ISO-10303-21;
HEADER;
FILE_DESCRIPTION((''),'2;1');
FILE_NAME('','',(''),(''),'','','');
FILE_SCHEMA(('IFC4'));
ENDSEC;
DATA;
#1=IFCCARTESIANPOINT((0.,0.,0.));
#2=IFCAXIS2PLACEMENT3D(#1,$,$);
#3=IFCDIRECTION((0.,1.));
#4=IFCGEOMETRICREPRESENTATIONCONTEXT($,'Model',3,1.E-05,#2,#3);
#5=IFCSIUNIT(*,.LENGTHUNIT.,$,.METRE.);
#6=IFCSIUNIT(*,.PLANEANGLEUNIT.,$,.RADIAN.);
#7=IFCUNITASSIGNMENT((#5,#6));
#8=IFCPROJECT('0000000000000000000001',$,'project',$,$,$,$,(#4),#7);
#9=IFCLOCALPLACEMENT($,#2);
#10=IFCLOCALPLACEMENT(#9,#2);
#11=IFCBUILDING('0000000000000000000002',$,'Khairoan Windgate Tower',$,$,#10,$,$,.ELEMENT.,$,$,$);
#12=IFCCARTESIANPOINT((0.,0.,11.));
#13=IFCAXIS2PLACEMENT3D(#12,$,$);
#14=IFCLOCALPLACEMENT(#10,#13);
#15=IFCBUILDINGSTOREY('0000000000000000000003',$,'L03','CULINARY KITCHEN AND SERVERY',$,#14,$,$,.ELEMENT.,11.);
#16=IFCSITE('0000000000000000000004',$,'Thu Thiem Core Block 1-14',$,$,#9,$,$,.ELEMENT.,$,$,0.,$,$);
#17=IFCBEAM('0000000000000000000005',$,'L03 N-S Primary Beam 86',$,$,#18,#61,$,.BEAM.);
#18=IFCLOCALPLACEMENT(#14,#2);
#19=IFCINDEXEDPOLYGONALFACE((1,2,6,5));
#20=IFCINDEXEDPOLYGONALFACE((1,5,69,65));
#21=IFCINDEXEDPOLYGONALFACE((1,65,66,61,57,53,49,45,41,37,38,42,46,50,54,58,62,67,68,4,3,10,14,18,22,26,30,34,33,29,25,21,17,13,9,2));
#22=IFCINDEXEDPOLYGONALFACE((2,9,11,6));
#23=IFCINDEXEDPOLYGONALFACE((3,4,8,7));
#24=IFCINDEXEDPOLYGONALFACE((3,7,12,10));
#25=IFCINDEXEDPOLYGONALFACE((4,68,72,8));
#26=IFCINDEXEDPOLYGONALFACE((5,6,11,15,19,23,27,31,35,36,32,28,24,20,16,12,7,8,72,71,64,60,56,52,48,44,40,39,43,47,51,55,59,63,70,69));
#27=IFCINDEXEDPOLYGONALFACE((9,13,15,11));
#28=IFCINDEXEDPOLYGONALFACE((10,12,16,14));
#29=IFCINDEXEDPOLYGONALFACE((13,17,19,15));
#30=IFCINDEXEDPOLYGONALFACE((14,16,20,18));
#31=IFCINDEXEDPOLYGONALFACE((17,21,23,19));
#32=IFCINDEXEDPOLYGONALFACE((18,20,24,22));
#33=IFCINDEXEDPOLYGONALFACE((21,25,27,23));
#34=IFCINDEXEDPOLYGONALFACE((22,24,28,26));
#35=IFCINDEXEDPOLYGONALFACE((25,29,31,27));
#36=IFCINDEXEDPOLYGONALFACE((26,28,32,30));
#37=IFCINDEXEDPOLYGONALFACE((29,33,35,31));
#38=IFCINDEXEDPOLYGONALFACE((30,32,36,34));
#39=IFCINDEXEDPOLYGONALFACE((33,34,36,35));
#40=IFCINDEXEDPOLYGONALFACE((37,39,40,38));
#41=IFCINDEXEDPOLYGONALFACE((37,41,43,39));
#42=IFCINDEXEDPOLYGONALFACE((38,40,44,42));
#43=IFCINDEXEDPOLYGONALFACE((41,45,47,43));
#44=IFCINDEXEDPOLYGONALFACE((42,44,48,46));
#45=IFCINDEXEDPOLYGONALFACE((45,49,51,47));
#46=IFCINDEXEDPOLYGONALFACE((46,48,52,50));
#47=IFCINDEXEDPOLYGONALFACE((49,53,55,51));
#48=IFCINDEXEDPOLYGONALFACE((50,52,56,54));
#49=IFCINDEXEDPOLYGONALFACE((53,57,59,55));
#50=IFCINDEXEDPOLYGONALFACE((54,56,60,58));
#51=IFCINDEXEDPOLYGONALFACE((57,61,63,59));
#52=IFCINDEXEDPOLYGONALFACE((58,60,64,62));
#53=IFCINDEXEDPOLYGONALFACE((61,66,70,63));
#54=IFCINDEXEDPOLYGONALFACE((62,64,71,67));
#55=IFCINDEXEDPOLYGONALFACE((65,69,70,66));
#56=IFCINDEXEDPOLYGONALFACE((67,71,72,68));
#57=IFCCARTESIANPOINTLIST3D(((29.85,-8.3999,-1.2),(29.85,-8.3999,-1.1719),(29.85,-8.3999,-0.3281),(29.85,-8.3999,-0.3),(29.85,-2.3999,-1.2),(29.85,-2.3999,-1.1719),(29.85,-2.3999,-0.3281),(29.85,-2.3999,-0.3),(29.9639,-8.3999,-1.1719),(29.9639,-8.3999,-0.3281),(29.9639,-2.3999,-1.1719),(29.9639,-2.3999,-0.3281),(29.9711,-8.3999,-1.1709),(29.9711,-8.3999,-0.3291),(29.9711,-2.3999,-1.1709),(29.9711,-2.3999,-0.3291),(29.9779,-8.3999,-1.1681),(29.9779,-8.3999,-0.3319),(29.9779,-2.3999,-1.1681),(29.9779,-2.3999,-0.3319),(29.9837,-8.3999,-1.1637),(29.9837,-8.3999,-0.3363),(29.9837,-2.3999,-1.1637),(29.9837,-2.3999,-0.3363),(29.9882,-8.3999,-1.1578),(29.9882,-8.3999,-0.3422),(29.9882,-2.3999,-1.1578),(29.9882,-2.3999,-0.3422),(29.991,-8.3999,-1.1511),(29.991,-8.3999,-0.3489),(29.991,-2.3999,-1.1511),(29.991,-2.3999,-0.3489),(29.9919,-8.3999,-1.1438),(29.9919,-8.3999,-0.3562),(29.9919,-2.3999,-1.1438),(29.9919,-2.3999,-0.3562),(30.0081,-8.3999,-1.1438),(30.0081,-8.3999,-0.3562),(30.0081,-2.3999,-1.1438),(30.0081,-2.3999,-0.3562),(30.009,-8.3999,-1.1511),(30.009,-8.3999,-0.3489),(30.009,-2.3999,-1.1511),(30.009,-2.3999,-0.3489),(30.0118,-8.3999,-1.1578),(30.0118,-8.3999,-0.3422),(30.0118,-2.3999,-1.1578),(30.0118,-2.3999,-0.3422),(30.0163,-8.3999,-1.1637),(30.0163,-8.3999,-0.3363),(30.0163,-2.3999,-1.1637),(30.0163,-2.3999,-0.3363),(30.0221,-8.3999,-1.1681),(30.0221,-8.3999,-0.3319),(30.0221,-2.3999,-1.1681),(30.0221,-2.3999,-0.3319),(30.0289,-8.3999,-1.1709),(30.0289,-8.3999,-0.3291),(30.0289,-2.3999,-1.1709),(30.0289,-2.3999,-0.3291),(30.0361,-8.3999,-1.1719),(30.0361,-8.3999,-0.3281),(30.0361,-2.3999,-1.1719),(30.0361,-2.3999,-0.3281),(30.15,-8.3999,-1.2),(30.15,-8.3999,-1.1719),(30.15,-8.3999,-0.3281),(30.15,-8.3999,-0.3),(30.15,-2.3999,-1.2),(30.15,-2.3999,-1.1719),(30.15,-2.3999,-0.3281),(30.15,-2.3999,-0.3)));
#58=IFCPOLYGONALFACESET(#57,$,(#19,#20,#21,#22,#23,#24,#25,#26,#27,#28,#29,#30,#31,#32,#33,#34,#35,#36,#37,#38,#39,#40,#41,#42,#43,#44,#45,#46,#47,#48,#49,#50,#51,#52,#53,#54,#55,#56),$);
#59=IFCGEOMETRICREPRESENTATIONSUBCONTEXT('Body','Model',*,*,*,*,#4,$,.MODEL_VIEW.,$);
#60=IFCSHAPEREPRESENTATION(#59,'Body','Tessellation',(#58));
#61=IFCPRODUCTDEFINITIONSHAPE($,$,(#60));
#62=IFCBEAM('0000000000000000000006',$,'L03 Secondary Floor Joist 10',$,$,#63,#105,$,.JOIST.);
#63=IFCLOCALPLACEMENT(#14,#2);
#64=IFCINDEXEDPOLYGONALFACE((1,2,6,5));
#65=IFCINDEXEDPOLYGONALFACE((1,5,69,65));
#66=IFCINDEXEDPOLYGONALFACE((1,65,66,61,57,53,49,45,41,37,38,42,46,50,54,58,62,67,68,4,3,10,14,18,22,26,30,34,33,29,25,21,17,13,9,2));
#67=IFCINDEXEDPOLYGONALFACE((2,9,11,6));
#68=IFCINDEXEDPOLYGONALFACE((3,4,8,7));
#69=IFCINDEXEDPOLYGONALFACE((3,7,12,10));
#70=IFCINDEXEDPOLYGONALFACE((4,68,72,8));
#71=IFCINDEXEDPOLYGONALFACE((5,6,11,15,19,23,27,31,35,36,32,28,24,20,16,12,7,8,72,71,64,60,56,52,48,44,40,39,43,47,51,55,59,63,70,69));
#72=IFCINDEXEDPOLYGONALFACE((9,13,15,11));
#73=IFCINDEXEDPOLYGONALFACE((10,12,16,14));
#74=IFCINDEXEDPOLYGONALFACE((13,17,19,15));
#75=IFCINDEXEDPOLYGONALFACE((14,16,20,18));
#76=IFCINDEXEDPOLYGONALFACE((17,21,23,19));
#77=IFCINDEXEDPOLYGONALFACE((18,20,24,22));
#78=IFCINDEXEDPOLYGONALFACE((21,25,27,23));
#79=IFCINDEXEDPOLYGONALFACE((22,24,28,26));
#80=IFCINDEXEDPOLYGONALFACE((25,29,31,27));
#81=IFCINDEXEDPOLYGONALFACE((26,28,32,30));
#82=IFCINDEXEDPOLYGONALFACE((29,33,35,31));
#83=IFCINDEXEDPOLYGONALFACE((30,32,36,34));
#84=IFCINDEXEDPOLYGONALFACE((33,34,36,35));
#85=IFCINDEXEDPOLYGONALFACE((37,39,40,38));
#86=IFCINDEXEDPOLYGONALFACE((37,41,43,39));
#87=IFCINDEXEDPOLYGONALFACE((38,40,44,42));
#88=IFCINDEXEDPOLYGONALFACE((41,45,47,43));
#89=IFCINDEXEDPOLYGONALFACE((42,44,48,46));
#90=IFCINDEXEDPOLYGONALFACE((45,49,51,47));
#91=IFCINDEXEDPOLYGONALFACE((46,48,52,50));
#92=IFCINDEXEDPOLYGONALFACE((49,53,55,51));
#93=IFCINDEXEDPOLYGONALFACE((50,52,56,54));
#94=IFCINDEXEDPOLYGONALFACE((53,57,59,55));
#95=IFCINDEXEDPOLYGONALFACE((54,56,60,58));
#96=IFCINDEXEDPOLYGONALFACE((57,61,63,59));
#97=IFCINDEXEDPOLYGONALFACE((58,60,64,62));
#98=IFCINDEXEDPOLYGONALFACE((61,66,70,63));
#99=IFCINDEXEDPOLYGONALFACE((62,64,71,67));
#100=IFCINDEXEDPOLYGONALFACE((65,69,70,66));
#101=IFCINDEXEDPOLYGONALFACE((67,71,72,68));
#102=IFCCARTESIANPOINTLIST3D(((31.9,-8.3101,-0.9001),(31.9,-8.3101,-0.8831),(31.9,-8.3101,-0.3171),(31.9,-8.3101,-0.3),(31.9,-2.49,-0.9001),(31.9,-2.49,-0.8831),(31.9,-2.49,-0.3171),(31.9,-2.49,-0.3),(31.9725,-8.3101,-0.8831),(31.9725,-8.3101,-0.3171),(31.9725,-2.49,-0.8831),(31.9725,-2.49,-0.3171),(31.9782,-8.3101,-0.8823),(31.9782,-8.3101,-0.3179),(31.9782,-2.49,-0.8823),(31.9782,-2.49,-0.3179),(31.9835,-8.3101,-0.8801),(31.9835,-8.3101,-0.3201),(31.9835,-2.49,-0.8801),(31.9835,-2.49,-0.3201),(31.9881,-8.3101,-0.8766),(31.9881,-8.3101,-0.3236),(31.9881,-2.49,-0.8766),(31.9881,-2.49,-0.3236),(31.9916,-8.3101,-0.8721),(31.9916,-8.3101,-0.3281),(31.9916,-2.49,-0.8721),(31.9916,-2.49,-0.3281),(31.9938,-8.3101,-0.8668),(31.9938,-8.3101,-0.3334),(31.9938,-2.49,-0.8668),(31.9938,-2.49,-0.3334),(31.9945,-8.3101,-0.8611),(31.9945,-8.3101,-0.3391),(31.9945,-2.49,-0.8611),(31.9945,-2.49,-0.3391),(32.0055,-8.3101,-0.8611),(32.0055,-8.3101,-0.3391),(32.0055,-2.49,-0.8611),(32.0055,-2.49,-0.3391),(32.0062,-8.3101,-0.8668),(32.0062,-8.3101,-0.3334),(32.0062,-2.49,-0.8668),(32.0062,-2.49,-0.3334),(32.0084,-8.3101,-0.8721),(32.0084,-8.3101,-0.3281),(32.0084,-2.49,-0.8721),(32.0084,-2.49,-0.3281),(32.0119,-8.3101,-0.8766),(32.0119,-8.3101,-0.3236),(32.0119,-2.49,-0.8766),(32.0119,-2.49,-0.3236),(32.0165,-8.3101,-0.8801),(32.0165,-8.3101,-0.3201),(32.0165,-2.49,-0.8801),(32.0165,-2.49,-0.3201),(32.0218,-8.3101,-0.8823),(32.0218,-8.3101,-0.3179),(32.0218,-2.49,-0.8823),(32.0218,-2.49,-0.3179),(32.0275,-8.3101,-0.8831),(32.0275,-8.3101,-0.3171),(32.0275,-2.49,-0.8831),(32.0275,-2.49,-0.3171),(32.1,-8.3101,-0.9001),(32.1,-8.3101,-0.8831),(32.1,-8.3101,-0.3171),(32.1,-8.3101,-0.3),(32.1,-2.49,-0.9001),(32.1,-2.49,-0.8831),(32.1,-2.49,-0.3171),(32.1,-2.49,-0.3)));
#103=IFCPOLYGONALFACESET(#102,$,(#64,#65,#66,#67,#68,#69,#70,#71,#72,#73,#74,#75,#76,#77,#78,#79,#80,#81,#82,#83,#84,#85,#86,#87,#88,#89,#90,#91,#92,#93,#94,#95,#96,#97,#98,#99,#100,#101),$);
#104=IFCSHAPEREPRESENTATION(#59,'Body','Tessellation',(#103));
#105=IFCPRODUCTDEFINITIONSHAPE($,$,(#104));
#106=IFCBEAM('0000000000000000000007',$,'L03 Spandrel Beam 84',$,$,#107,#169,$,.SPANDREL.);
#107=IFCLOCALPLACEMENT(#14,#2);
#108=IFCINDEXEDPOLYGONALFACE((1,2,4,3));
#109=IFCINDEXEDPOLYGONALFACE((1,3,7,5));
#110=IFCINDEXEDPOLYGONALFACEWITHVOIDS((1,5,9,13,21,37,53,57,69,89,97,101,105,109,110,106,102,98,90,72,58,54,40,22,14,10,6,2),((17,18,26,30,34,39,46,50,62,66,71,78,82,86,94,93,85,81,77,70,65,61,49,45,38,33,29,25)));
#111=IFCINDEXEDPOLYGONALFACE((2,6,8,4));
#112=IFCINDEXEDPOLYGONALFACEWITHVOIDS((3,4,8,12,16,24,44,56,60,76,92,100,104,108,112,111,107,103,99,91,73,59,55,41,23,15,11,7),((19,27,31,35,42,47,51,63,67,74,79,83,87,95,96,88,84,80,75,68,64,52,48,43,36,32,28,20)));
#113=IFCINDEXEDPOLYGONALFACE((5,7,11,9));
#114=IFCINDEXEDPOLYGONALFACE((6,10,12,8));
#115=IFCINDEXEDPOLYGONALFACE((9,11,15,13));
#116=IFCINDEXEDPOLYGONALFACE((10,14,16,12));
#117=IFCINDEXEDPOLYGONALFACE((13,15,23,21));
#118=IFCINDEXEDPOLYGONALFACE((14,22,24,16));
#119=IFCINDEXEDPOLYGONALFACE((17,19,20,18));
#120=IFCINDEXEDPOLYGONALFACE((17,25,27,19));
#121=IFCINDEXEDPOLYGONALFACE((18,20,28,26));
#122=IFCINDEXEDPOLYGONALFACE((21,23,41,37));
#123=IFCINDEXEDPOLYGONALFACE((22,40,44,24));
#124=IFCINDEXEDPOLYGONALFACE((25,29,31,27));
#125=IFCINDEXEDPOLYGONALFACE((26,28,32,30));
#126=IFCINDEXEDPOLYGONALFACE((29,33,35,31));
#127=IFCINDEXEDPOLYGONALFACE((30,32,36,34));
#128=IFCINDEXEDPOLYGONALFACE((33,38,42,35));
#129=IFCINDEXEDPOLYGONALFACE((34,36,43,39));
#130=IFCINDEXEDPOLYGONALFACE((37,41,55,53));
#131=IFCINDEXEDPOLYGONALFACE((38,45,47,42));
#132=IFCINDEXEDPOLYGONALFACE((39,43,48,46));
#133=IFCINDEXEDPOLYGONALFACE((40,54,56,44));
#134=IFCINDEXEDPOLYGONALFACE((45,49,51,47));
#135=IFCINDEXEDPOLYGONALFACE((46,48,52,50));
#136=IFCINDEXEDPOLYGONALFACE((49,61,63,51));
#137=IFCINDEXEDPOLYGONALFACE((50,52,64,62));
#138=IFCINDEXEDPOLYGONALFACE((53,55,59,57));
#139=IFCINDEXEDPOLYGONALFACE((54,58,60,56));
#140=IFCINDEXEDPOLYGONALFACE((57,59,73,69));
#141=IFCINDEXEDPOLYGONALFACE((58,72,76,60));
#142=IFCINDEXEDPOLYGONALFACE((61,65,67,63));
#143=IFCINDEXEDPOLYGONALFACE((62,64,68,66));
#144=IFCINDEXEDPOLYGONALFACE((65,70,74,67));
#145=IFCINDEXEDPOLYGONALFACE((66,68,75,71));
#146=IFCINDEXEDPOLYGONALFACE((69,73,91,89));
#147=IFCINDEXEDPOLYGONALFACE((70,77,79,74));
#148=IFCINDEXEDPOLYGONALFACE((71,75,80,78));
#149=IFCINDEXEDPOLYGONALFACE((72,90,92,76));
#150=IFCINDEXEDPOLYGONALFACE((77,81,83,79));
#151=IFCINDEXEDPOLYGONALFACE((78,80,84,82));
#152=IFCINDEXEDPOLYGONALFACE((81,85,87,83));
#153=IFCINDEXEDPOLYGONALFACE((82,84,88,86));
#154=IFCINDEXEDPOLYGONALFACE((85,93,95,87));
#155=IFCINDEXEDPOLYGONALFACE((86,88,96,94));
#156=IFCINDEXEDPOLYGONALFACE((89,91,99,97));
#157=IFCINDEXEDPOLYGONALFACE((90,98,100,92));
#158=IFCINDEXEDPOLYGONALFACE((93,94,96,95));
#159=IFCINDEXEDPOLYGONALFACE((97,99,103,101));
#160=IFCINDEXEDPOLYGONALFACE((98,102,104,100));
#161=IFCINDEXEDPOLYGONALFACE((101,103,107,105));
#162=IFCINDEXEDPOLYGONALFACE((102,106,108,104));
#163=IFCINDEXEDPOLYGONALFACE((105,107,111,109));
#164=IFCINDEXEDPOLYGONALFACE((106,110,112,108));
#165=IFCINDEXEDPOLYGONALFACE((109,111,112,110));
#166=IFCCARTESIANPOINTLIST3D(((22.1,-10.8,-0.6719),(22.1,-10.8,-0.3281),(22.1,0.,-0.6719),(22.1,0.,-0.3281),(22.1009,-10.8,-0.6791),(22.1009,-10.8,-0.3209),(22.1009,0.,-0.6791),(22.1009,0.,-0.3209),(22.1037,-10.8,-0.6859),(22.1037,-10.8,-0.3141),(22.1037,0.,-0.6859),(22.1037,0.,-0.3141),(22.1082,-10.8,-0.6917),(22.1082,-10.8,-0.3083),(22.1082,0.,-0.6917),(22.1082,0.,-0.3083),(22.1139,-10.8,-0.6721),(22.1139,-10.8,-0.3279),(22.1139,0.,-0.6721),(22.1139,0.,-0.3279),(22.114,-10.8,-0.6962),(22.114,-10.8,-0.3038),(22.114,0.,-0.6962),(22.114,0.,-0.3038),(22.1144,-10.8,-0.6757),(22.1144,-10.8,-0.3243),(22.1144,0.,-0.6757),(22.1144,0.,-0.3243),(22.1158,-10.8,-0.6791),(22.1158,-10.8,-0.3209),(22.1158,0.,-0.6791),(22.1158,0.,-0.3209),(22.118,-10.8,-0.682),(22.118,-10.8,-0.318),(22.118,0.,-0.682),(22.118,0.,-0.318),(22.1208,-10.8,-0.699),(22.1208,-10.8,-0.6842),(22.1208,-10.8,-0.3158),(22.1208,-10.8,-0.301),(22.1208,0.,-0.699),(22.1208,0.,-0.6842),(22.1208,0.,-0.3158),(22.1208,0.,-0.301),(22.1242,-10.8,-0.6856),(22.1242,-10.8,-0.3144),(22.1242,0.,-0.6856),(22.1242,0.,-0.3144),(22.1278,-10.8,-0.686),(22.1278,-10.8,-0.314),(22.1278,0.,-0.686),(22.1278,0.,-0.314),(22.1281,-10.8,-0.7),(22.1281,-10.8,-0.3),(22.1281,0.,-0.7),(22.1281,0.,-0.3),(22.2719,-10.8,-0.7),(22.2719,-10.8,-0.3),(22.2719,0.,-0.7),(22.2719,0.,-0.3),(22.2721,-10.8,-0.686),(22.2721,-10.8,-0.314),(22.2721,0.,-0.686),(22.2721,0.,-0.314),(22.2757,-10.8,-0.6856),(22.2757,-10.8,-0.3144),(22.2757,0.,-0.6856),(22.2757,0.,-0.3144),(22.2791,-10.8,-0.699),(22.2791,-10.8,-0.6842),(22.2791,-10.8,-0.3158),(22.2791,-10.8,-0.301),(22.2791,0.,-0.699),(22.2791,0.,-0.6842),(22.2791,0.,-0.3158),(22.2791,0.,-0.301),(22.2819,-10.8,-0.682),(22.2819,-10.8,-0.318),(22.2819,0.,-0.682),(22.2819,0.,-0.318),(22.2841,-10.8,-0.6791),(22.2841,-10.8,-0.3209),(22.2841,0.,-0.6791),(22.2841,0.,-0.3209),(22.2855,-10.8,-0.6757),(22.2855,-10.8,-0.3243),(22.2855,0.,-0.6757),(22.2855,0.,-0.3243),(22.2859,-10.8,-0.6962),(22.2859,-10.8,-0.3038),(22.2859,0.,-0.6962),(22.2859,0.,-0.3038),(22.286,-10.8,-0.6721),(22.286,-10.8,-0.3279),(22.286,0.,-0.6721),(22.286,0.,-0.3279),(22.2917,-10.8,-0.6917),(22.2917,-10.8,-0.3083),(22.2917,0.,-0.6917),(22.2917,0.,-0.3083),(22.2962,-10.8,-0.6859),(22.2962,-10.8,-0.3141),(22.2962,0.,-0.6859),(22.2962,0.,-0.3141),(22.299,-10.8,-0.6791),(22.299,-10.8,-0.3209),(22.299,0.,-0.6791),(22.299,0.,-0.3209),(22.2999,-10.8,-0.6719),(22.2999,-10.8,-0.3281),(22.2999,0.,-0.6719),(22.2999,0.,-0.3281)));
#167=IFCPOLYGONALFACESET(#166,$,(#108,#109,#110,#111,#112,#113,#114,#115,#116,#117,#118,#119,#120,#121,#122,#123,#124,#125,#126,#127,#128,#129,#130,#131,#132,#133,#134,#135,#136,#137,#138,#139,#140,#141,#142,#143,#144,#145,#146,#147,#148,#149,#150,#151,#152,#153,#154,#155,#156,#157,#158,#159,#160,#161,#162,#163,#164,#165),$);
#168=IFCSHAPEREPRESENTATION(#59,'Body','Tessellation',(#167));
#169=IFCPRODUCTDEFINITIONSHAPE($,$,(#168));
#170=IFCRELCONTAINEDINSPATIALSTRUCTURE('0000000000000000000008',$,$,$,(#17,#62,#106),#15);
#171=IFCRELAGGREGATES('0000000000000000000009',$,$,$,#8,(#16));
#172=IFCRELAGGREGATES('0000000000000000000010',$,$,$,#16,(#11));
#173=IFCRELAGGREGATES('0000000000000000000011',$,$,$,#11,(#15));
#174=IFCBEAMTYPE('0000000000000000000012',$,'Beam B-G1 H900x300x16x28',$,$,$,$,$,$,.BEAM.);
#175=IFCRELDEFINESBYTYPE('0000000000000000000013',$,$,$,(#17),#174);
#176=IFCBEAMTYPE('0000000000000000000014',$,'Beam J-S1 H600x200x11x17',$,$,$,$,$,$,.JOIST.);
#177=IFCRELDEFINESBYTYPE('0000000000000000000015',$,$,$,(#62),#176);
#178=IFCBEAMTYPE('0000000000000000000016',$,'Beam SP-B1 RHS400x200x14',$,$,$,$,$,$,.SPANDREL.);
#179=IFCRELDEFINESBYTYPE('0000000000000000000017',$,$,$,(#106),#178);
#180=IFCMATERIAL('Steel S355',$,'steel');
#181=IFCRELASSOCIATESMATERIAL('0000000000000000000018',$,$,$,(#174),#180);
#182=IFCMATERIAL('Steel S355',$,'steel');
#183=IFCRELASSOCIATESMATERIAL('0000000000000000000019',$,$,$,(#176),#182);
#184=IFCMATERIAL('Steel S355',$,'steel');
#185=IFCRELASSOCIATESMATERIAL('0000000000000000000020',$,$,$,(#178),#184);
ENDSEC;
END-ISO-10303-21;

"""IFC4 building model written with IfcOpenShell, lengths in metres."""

from ifc_helpers import new_model, si_unit, direction, frame, origin, origin_2d, place, context, subcontext, project, spatial, hollow_rectangle, i_section, extrude, material, material_profile, profile_set, type_object, element, save


model = new_model("IFC4")

# Units and contexts
model_context = context("Model", 3, precision=1e-05, world=origin(), true_north=direction((0.0, 1.0)))
body_context = subcontext(model_context, "Body", "Model", "MODEL_VIEW")
ifc_project = project(units=[si_unit("LENGTHUNIT", "METRE"), si_unit("PLANEANGLEUNIT", "RADIAN")], contexts=[model_context])

# Site, building, storey
site_placement = place(None, origin())
site = spatial("IfcSite", under=ifc_project, at=site_placement, Name="Thu Thiem Core Block 1-14", CompositionType="ELEMENT", RefElevation=0.0)
building_placement = place(site_placement, origin())
building = spatial("IfcBuilding", under=site, at=building_placement, Name="Khairoan Windgate Tower", CompositionType="ELEMENT")
storey_placement = place(building_placement, frame((0.0, 0.0, 11.0)))
storey = spatial("IfcBuildingStorey", under=building, at=storey_placement, Name="L03", Description="CULINARY KITCHEN AND SERVERY", CompositionType="ELEMENT", Elevation=11.0)

# Beams
ifc_material_1 = material(Name="Steel S355", Category="steel")
ifc_material_profile_1 = material_profile(ifc_material_1, i_section(OverallWidth=0.3, OverallDepth=0.8999, WebThickness=0.0161, FlangeThickness=0.0281, FilletRadius=0.0281, at=origin_2d()))
ifc_profile_set_1 = profile_set([ifc_material_profile_1], Name="Steel S355")
beam_type_1 = type_object("IfcBeamType", Name="Beam B-G1 H900x300x16x28", PredefinedType="BEAM", material=ifc_profile_set_1)
beam_1_placement = place(storey_placement, frame((30.0, -8.3999, -0.75), z_axis=(0.0, 1.0, 0.0), x_axis=(-1.0, 0.0, 0.0)))
element("IfcBeam", 1, at=beam_1_placement, inside=storey, type_object=beam_type_1, Name="L03 N-S Primary Beam 86", PredefinedType="BEAM", context=body_context, shape_type="SweptSolid", body=[
    extrude(i_section(OverallWidth=0.3, OverallDepth=0.8999, WebThickness=0.0161, FlangeThickness=0.0281, FilletRadius=0.0281, at=origin_2d()), origin(), (0.0, 0.0, 1.0), 6.0),
])
ifc_material_2 = material(Name="Steel S355", Category="steel")
ifc_material_profile_2 = material_profile(ifc_material_2, i_section(OverallWidth=0.2, OverallDepth=0.6001, WebThickness=0.011, FlangeThickness=0.0171, FilletRadius=0.022, at=origin_2d()))
ifc_profile_set_2 = profile_set([ifc_material_profile_2], Name="Steel S355")
beam_type_2 = type_object("IfcBeamType", Name="Beam J-S1 H600x200x11x17", PredefinedType="JOIST", material=ifc_profile_set_2)
beam_2_placement = place(storey_placement, frame((32.0, -8.3101, -0.6001), z_axis=(0.0, 1.0, 0.0), x_axis=(-1.0, 0.0, 0.0)))
element("IfcBeam", 2, at=beam_2_placement, inside=storey, type_object=beam_type_2, Name="L03 Secondary Floor Joist 10", PredefinedType="JOIST", context=body_context, shape_type="SweptSolid", body=[
    extrude(i_section(OverallWidth=0.2, OverallDepth=0.6001, WebThickness=0.011, FlangeThickness=0.0171, FilletRadius=0.022, at=origin_2d()), origin(), (0.0, 0.0, 1.0), 5.8201),
])
ifc_material_3 = material(Name="Steel S355", Category="steel")
ifc_material_profile_3 = material_profile(ifc_material_3, hollow_rectangle(XDim=0.2, YDim=0.3999, WallThickness=0.0139, InnerFilletRadius=0.0139, OuterFilletRadius=0.0281, at=origin_2d()))
ifc_profile_set_3 = profile_set([ifc_material_profile_3], Name="Steel S355")
beam_type_3 = type_object("IfcBeamType", Name="Beam SP-B1 RHS400x200x14", PredefinedType="SPANDREL", material=ifc_profile_set_3)
beam_3_placement = place(storey_placement, frame((22.2, -10.8, -0.5), z_axis=(0.0, 1.0, 0.0), x_axis=(-1.0, 0.0, 0.0)))
element("IfcBeam", 3, at=beam_3_placement, inside=storey, type_object=beam_type_3, Name="L03 Spandrel Beam 84", PredefinedType="SPANDREL", context=body_context, shape_type="SweptSolid", body=[
    extrude(hollow_rectangle(XDim=0.2, YDim=0.3999, WallThickness=0.0139, InnerFilletRadius=0.0139, OuterFilletRadius=0.0281, at=origin_2d()), origin(), (0.0, 0.0, 1.0), 10.8),
])

save(model, "model.ifc")
